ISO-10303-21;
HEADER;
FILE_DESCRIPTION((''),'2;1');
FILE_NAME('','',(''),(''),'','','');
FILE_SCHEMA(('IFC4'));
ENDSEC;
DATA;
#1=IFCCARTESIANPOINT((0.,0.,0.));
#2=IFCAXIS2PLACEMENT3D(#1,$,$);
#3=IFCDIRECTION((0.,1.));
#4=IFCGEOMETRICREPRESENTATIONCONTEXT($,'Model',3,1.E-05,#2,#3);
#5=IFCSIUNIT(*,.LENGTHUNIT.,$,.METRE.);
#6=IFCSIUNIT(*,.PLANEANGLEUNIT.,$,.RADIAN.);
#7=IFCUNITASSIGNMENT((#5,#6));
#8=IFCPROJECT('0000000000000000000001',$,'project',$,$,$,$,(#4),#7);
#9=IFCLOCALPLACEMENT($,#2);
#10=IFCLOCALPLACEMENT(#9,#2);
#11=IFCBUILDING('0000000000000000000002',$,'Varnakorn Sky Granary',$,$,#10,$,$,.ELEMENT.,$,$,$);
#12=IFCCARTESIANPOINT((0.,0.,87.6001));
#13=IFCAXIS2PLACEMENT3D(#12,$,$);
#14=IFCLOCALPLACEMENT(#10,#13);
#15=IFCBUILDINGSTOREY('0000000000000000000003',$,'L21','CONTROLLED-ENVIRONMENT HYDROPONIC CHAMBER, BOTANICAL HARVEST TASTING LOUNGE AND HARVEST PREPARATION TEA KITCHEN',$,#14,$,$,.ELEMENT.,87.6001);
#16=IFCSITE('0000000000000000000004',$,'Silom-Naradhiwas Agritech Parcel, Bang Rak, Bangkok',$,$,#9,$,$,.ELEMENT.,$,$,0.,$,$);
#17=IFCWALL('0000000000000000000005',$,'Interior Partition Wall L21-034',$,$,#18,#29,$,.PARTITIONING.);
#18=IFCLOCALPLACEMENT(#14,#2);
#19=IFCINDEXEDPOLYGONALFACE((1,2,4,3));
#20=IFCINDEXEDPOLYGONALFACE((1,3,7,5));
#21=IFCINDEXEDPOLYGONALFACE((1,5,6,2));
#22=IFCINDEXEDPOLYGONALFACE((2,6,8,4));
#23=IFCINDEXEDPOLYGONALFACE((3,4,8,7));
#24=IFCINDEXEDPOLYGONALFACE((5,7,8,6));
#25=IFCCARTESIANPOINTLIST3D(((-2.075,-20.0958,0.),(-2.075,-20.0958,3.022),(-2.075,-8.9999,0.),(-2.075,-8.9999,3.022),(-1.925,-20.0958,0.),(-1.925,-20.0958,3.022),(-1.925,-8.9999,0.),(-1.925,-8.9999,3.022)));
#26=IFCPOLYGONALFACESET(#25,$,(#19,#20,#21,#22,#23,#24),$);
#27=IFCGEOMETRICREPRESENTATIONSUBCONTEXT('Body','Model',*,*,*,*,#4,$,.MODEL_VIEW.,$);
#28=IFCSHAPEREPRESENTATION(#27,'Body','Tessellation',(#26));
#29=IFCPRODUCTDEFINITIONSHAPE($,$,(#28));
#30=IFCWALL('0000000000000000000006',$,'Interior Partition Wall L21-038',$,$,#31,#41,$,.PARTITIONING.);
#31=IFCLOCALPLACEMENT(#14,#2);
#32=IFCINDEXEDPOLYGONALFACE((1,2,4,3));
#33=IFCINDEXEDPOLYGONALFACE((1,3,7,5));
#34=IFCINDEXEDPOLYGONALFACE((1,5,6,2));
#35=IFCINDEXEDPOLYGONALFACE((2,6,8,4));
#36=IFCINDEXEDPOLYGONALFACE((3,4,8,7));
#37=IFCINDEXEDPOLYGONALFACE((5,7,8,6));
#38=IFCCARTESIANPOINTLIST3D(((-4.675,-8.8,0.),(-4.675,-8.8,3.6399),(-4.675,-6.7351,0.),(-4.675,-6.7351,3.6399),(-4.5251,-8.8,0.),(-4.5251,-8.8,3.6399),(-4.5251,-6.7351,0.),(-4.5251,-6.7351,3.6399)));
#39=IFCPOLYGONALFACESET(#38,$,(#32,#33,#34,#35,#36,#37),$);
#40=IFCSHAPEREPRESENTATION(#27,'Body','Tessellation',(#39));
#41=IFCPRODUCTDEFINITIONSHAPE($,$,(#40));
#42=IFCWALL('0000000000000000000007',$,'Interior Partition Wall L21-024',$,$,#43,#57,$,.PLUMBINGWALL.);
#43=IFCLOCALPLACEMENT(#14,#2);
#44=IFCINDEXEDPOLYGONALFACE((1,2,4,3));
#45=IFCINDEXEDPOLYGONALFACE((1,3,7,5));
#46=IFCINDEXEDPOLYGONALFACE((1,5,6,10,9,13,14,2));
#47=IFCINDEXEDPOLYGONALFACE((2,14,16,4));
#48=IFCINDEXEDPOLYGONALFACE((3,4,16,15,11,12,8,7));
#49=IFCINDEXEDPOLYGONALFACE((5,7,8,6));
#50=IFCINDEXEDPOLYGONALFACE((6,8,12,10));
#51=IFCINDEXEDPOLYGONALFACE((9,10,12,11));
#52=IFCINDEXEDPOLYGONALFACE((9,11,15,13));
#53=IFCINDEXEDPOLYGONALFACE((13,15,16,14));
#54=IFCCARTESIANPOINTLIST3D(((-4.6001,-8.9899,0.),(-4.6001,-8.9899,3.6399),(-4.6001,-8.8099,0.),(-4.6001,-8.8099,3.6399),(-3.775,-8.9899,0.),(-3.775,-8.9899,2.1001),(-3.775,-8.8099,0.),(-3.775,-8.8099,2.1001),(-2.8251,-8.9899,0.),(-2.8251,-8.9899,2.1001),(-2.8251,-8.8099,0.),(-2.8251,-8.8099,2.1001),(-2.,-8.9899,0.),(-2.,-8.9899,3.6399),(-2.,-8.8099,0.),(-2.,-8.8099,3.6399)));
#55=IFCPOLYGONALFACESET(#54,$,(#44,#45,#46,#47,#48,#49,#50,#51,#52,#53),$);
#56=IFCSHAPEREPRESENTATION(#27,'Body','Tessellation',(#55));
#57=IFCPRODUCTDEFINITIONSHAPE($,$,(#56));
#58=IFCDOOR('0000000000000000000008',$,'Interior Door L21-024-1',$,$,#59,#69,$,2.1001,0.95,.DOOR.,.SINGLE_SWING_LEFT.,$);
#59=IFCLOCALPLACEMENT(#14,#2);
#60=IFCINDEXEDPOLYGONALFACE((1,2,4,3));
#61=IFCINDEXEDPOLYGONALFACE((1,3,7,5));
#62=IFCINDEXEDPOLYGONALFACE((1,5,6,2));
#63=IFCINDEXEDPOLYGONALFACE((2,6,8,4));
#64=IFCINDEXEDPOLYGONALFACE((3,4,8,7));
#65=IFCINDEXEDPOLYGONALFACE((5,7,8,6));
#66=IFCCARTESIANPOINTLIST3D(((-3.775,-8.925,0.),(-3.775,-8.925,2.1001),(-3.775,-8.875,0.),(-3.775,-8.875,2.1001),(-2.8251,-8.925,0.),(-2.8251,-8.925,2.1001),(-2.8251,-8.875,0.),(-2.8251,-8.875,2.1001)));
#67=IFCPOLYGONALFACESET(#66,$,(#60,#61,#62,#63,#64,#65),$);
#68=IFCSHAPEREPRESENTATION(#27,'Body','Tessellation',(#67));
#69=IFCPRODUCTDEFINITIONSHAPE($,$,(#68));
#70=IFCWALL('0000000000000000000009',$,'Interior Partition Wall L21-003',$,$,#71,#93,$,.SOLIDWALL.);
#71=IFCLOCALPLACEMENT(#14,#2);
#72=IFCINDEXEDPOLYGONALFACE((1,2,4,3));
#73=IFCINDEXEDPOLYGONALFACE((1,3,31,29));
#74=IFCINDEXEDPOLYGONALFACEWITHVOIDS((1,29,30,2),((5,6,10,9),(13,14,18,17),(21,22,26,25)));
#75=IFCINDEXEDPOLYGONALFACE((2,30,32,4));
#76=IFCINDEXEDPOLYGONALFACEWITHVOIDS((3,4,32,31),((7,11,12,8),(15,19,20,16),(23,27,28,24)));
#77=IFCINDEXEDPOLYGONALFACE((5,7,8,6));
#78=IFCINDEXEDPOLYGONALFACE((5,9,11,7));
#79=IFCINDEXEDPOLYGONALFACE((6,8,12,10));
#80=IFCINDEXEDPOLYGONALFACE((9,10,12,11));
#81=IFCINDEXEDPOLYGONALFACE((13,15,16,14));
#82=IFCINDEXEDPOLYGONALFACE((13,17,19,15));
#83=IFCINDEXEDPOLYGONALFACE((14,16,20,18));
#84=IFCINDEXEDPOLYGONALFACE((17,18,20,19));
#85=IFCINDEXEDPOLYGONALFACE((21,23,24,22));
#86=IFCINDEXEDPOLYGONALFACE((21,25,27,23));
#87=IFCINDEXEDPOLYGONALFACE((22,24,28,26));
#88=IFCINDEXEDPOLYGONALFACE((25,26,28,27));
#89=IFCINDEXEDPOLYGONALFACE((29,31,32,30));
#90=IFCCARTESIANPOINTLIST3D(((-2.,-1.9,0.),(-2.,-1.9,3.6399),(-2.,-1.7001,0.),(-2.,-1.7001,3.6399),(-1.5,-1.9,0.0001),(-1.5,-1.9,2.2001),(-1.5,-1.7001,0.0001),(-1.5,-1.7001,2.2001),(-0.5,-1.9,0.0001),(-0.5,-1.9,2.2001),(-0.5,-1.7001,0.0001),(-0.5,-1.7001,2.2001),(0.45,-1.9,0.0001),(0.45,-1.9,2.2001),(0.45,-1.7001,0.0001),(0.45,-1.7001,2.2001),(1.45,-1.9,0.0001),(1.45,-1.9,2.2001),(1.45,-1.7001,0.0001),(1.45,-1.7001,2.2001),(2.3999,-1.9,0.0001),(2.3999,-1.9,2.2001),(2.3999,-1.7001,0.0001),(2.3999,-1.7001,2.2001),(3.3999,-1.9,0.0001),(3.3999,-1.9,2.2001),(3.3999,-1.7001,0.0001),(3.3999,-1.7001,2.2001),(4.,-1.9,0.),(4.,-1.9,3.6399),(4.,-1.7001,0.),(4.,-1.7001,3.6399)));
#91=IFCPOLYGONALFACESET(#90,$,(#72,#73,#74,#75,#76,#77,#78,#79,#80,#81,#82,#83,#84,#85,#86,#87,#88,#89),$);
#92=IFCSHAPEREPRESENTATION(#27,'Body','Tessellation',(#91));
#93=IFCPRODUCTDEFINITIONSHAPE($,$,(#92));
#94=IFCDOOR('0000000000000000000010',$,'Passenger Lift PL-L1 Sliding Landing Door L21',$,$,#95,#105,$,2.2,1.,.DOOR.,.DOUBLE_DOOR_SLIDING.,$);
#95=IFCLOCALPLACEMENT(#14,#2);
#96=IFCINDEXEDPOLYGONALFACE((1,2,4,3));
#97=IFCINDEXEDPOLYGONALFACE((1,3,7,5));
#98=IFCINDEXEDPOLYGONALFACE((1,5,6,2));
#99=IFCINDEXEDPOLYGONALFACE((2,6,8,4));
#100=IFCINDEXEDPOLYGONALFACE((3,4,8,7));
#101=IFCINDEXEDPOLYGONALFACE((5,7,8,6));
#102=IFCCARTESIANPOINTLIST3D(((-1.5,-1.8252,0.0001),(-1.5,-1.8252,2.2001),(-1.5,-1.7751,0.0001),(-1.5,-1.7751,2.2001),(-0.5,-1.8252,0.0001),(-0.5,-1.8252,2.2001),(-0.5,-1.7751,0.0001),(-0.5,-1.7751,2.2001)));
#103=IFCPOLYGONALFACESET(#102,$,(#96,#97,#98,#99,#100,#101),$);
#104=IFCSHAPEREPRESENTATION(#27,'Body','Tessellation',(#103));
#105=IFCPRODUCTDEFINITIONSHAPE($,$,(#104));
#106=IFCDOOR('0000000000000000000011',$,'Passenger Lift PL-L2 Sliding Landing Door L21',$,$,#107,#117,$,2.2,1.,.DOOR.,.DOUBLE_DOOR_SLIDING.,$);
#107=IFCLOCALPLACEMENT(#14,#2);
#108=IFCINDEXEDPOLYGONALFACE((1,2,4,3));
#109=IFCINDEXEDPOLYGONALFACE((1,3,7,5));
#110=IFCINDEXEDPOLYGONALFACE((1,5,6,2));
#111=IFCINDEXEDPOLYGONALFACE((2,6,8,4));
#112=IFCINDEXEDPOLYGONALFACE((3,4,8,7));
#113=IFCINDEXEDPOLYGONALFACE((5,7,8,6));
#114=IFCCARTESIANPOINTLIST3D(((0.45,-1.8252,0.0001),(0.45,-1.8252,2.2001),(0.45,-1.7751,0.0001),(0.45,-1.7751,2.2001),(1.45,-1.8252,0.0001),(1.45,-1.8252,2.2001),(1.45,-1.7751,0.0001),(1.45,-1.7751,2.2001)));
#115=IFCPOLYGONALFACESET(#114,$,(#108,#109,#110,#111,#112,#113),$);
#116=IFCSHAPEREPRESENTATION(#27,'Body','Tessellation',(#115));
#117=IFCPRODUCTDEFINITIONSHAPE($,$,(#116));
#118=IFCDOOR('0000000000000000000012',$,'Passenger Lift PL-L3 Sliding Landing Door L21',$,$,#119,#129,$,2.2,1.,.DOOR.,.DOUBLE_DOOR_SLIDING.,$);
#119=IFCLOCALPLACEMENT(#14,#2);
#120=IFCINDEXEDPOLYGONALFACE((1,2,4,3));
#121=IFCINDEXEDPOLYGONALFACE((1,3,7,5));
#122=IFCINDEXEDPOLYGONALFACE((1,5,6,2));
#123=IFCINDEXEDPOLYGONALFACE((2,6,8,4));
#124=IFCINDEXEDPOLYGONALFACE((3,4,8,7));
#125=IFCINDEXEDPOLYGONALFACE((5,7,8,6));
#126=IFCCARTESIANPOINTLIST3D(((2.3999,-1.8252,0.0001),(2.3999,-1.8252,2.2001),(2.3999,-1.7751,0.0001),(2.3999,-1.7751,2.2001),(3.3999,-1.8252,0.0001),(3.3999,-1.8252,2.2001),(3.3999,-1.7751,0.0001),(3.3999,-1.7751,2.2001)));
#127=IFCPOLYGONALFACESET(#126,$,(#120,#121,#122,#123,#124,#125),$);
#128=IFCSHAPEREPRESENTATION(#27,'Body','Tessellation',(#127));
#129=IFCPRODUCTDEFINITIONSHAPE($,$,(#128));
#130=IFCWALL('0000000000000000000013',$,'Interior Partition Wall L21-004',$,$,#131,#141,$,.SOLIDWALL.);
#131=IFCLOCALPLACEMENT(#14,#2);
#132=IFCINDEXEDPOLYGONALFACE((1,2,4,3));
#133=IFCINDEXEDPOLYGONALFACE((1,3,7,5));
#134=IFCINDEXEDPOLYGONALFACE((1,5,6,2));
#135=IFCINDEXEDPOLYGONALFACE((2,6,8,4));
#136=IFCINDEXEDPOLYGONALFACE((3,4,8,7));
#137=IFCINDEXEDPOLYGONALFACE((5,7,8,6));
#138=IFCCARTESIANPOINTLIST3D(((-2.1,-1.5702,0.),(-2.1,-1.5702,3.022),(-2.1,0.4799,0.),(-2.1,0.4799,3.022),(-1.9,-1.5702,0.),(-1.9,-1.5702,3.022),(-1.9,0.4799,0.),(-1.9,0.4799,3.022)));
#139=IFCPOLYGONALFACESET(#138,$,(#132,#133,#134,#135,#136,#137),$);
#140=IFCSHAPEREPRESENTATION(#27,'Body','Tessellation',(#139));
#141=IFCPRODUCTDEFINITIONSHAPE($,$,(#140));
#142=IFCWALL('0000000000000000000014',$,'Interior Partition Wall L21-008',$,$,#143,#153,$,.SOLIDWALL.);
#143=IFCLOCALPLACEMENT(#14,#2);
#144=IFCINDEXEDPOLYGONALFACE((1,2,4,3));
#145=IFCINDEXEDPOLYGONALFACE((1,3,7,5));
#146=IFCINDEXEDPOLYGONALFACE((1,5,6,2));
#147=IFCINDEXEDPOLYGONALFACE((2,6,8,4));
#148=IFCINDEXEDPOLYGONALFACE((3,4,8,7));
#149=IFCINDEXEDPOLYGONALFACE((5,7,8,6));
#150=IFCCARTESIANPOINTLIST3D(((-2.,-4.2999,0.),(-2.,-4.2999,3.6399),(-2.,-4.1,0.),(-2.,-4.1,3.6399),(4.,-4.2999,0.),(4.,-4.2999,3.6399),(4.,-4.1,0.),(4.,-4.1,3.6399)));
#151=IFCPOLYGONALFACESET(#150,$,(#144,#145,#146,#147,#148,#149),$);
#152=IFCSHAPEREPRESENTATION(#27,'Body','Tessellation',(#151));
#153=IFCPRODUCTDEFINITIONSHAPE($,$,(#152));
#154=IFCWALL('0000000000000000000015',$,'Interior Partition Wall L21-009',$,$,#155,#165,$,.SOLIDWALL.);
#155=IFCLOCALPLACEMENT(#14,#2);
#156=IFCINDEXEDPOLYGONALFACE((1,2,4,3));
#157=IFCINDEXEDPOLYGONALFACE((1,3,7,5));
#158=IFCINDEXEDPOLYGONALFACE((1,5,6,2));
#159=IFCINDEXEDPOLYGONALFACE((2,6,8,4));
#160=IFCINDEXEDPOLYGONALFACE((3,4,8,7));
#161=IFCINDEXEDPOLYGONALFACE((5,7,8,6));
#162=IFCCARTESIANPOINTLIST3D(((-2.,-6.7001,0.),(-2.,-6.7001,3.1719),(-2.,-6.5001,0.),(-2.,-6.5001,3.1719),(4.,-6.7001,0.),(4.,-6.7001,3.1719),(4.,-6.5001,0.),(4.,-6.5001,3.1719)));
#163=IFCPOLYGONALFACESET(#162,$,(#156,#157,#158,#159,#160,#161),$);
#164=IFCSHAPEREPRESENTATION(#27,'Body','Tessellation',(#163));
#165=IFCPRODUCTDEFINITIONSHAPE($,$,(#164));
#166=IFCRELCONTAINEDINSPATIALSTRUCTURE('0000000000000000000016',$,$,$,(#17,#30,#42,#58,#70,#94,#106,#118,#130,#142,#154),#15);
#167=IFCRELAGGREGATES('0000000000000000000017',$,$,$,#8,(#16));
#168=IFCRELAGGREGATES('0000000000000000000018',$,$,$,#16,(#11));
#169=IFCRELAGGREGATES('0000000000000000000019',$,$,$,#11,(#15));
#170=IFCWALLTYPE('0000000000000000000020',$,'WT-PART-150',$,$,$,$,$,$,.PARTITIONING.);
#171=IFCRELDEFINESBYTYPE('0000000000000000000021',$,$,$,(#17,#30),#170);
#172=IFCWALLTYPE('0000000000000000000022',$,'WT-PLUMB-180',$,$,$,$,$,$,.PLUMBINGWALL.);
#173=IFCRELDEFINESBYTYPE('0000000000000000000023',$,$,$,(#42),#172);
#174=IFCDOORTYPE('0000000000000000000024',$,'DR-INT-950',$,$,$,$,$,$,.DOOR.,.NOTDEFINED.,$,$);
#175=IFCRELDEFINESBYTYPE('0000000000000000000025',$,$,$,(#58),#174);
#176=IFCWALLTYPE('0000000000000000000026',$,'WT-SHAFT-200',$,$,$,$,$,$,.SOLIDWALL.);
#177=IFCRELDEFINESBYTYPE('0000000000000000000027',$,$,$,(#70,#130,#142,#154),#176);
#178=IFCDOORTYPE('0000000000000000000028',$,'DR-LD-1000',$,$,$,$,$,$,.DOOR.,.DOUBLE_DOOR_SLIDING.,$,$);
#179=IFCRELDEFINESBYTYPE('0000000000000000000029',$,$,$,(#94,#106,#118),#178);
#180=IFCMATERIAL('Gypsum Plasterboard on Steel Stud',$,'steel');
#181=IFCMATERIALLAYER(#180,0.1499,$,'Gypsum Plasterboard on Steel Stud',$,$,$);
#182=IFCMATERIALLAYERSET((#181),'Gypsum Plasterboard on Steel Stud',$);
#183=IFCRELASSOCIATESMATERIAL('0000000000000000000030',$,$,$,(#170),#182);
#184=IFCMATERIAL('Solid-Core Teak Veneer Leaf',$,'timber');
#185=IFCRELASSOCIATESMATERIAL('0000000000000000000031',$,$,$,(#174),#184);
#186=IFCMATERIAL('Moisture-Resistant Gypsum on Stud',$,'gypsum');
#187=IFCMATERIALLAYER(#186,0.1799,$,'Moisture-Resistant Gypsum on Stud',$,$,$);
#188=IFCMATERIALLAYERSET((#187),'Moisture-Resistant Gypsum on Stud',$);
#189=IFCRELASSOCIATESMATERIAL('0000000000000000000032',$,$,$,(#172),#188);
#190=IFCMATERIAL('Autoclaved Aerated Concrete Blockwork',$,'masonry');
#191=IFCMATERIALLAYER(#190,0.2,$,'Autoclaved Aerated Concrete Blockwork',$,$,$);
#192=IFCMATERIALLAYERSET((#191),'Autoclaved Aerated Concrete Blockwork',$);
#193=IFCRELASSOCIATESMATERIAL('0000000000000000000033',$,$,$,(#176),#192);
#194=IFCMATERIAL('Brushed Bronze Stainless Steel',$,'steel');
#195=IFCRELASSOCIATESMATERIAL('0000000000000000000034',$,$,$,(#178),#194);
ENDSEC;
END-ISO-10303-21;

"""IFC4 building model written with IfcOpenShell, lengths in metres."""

from ifc_helpers import new_model, si_unit, direction, frame, frame_2d, origin, place, context, subcontext, project, spatial, rectangle, extrude, material, layer, layer_set, type_object, element, fill, save


model = new_model("IFC4")

# Units and contexts
model_context = context("Model", 3, precision=1e-05, world=origin(), true_north=direction((0.0, 1.0)))
body_context = subcontext(model_context, "Body", "Model", "MODEL_VIEW")
ifc_project = project(units=[si_unit("LENGTHUNIT", "METRE"), si_unit("PLANEANGLEUNIT", "RADIAN")], contexts=[model_context])

# Site, building, storey
site_placement = place(None, origin())
site = spatial("IfcSite", under=ifc_project, at=site_placement, Name="Silom-Naradhiwas Agritech Parcel, Bang Rak, Bangkok", CompositionType="ELEMENT", RefElevation=0.0)
building_placement = place(site_placement, origin())
building = spatial("IfcBuilding", under=site, at=building_placement, Name="Varnakorn Sky Granary", CompositionType="ELEMENT")
storey_placement = place(building_placement, frame((0.0, 0.0, 87.6001)))
storey = spatial("IfcBuildingStorey", under=building, at=storey_placement, Name="L21", Description="CONTROLLED-ENVIRONMENT HYDROPONIC CHAMBER, BOTANICAL HARVEST TASTING LOUNGE AND HARVEST PREPARATION TEA KITCHEN", CompositionType="ELEMENT", Elevation=87.6001)

# Shared definitions
ifc_material_1 = material(Name="Autoclaved Aerated Concrete Blockwork", Category="masonry")
ifc_material_2 = material(Name="Gypsum Plasterboard on Steel Stud", Category="steel")
ifc_layer_1 = layer(ifc_material_2, 0.1499, Name="Gypsum Plasterboard on Steel Stud")
ifc_layer_set_1 = layer_set([ifc_layer_1], Name="Gypsum Plasterboard on Steel Stud")
wall_type_1 = type_object("IfcWallType", Name="WT-PART-150", PredefinedType="PARTITIONING", material=ifc_layer_set_1)
ifc_material_3 = material(Name="Solid-Core Teak Veneer Leaf", Category="timber")
door_type_1 = type_object("IfcDoorType", Name="DR-INT-950", OperationType="NOTDEFINED", PredefinedType="DOOR", material=ifc_material_3)

# Walls
wall_1_placement = place(storey_placement, frame((-2.0, -9.0, 0.0), z_axis=(0.0, 0.0, 1.0), x_axis=(0.0, -1.0, 0.0)))
element("IfcWall", 1, at=wall_1_placement, inside=storey, type_object=wall_type_1, Name="Interior Partition Wall L21-034", PredefinedType="PARTITIONING", context=body_context, shape_type="SweptSolid", body=[
    extrude(rectangle(XDim=11.0959, YDim=0.1499, at=frame_2d((5.5479, 0.0))), origin(), (0.0, 0.0, 1.0), 3.022),
])
wall_2_placement = place(storey_placement, frame((-4.6001, -6.7351, 0.0), z_axis=(0.0, 0.0, 1.0), x_axis=(0.0, -1.0, 0.0)))
element("IfcWall", 2, at=wall_2_placement, inside=storey, type_object=wall_type_1, Name="Interior Partition Wall L21-038", PredefinedType="PARTITIONING", context=body_context, shape_type="SweptSolid", body=[
    extrude(rectangle(XDim=2.0649, YDim=0.1499, at=frame_2d((1.0325, 0.0))), origin(), (0.0, 0.0, 1.0), 3.6399),
])

# Wall, opening, door
ifc_material_4 = material(Name="Moisture-Resistant Gypsum on Stud", Category="gypsum")
ifc_layer_2 = layer(ifc_material_4, 0.1799, Name="Moisture-Resistant Gypsum on Stud")
ifc_layer_set_2 = layer_set([ifc_layer_2], Name="Moisture-Resistant Gypsum on Stud")
wall_type_2 = type_object("IfcWallType", Name="WT-PLUMB-180", PredefinedType="PLUMBINGWALL", material=ifc_layer_set_2)
wall_3_placement = place(storey_placement, frame((-4.6001, -8.8999, 0.0), z_axis=(0.0, 0.0, 1.0), x_axis=(1.0, 0.0, 0.0)))
wall_3 = element("IfcWall", 3, at=wall_3_placement, inside=storey, type_object=wall_type_2, Name="Interior Partition Wall L21-024", PredefinedType="PLUMBINGWALL", context=body_context, shape_type="SweptSolid", body=[
    extrude(rectangle(XDim=2.6001, YDim=0.1799, at=frame_2d((1.3, 0.0))), origin(), (0.0, 0.0, 1.0), 3.6399),
])
opening_1_placement = place(wall_3_placement, frame((0.825, 0.0, 0.0)))
opening_1 = element("IfcOpeningElement", 4, at=opening_1_placement, cuts=wall_3, PredefinedType="OPENING", context=body_context, shape_type="SweptSolid", body=[
    extrude(rectangle(XDim=0.95, YDim=2.1001, at=frame_2d((0.4751, 1.05))), frame((0.0, 0.1001, 0.0), z_axis=(0.0, -1.0, 0.0), x_axis=(1.0, 0.0, 0.0)), (0.0, 0.0, 1.0), 0.2),
])
door_1_placement = place(opening_1_placement, origin())
door_1 = element("IfcDoor", 5, at=door_1_placement, inside=storey, type_object=door_type_1, Name="Interior Door L21-024-1", OperationType="SINGLE_SWING_LEFT", OverallHeight=2.1001, OverallWidth=0.95, PredefinedType="DOOR", context=body_context, shape_type="SweptSolid", body=[
    extrude(rectangle(XDim=0.95, YDim=2.1001, at=frame_2d((0.4751, 1.05))), frame((0.0, 0.0249, 0.0), z_axis=(0.0, -1.0, 0.0), x_axis=(1.0, 0.0, 0.0)), (0.0, 0.0, 1.0), 0.05),
])
fill(opening_1, door_1)

# Wall, openings, doors
ifc_layer_3 = layer(ifc_material_1, 0.2, Name="Autoclaved Aerated Concrete Blockwork")
ifc_layer_set_3 = layer_set([ifc_layer_3], Name="Autoclaved Aerated Concrete Blockwork")
wall_type_3 = type_object("IfcWallType", Name="WT-SHAFT-200", PredefinedType="SOLIDWALL", material=ifc_layer_set_3)
wall_4_placement = place(storey_placement, frame((-2.0, -1.8, 0.0), z_axis=(0.0, 0.0, 1.0), x_axis=(1.0, 0.0, 0.0)))
wall_4 = element("IfcWall", 6, at=wall_4_placement, inside=storey, type_object=wall_type_3, Name="Interior Partition Wall L21-003", PredefinedType="SOLIDWALL", context=body_context, shape_type="SweptSolid", body=[
    extrude(rectangle(XDim=6.0, YDim=0.2, at=frame_2d((3.0, 0.0))), origin(), (0.0, 0.0, 1.0), 3.6399),
])
opening_2_placement = place(wall_4_placement, frame((0.5, 0.0, 0.0)))
opening_2 = element("IfcOpeningElement", 7, at=opening_2_placement, cuts=wall_4, PredefinedType="OPENING", context=body_context, shape_type="SweptSolid", body=[
    extrude(rectangle(XDim=1.0, YDim=2.2, at=frame_2d((0.5, 1.1001))), frame((0.0, 0.1099, 0.0), z_axis=(0.0, -1.0, 0.0), x_axis=(1.0, 0.0, 0.0)), (0.0, 0.0, 1.0), 0.22),
])
opening_3_placement = place(wall_4_placement, frame((2.45, 0.0, 0.0)))
opening_3 = element("IfcOpeningElement", 8, at=opening_3_placement, cuts=wall_4, PredefinedType="OPENING", context=body_context, shape_type="SweptSolid", body=[
    extrude(rectangle(XDim=1.0, YDim=2.2, at=frame_2d((0.5, 1.1001))), frame((0.0, 0.1099, 0.0), z_axis=(0.0, -1.0, 0.0), x_axis=(1.0, 0.0, 0.0)), (0.0, 0.0, 1.0), 0.22),
])
opening_4_placement = place(wall_4_placement, frame((4.3999, 0.0, 0.0)))
opening_4 = element("IfcOpeningElement", 9, at=opening_4_placement, cuts=wall_4, PredefinedType="OPENING", context=body_context, shape_type="SweptSolid", body=[
    extrude(rectangle(XDim=1.0, YDim=2.2, at=frame_2d((0.5, 1.1001))), frame((0.0, 0.1099, 0.0), z_axis=(0.0, -1.0, 0.0), x_axis=(1.0, 0.0, 0.0)), (0.0, 0.0, 1.0), 0.22),
])
ifc_material_5 = material(Name="Brushed Bronze Stainless Steel", Category="steel")
door_type_2 = type_object("IfcDoorType", Name="DR-LD-1000", OperationType="DOUBLE_DOOR_SLIDING", PredefinedType="DOOR", material=ifc_material_5)
door_2_placement = place(opening_2_placement, origin())
door_2 = element("IfcDoor", 10, at=door_2_placement, inside=storey, type_object=door_type_2, Name="Passenger Lift PL-L1 Sliding Landing Door L21", OperationType="DOUBLE_DOOR_SLIDING", OverallHeight=2.2, OverallWidth=1.0, PredefinedType="DOOR", context=body_context, shape_type="SweptSolid", body=[
    extrude(rectangle(XDim=1.0, YDim=2.2, at=frame_2d((0.5, 1.1001))), frame((0.0, 0.0249, 0.0), z_axis=(0.0, -1.0, 0.0), x_axis=(1.0, 0.0, 0.0)), (0.0, 0.0, 1.0), 0.05),
])
fill(opening_2, door_2)
door_3_placement = place(opening_3_placement, origin())
door_3 = element("IfcDoor", 11, at=door_3_placement, inside=storey, type_object=door_type_2, Name="Passenger Lift PL-L2 Sliding Landing Door L21", OperationType="DOUBLE_DOOR_SLIDING", OverallHeight=2.2, OverallWidth=1.0, PredefinedType="DOOR", context=body_context, shape_type="SweptSolid", body=[
    extrude(rectangle(XDim=1.0, YDim=2.2, at=frame_2d((0.5, 1.1001))), frame((0.0, 0.0249, 0.0), z_axis=(0.0, -1.0, 0.0), x_axis=(1.0, 0.0, 0.0)), (0.0, 0.0, 1.0), 0.05),
])
fill(opening_3, door_3)
door_4_placement = place(opening_4_placement, origin())
door_4 = element("IfcDoor", 12, at=door_4_placement, inside=storey, type_object=door_type_2, Name="Passenger Lift PL-L3 Sliding Landing Door L21", OperationType="DOUBLE_DOOR_SLIDING", OverallHeight=2.2, OverallWidth=1.0, PredefinedType="DOOR", context=body_context, shape_type="SweptSolid", body=[
    extrude(rectangle(XDim=1.0, YDim=2.2, at=frame_2d((0.5, 1.1001))), frame((0.0, 0.0249, 0.0), z_axis=(0.0, -1.0, 0.0), x_axis=(1.0, 0.0, 0.0)), (0.0, 0.0, 1.0), 0.05),
])
fill(opening_4, door_4)

# Walls
wall_5_placement = place(storey_placement, frame((-2.0, -1.5701, 0.0), z_axis=(0.0, 0.0, 1.0), x_axis=(0.0, 1.0, 0.0)))
element("IfcWall", 13, at=wall_5_placement, inside=storey, type_object=wall_type_3, Name="Interior Partition Wall L21-004", PredefinedType="SOLIDWALL", context=body_context, shape_type="SweptSolid", body=[
    extrude(rectangle(XDim=2.05, YDim=0.2, at=frame_2d((1.0249, 0.0))), origin(), (0.0, 0.0, 1.0), 3.022),
])
wall_6_placement = place(storey_placement, frame((-2.0, -4.2, 0.0), z_axis=(0.0, 0.0, 1.0), x_axis=(1.0, 0.0, 0.0)))
element("IfcWall", 14, at=wall_6_placement, inside=storey, type_object=wall_type_3, Name="Interior Partition Wall L21-008", PredefinedType="SOLIDWALL", context=body_context, shape_type="SweptSolid", body=[
    extrude(rectangle(XDim=6.0, YDim=0.2, at=frame_2d((3.0, 0.0))), origin(), (0.0, 0.0, 1.0), 3.6399),
])
wall_7_placement = place(storey_placement, frame((-2.0, -6.6001, 0.0), z_axis=(0.0, 0.0, 1.0), x_axis=(1.0, 0.0, 0.0)))
element("IfcWall", 15, at=wall_7_placement, inside=storey, type_object=wall_type_3, Name="Interior Partition Wall L21-009", PredefinedType="SOLIDWALL", context=body_context, shape_type="SweptSolid", body=[
    extrude(rectangle(XDim=6.0, YDim=0.2, at=frame_2d((3.0, 0.0))), origin(), (0.0, 0.0, 1.0), 3.1719),
])

save(model, "model.ifc")
